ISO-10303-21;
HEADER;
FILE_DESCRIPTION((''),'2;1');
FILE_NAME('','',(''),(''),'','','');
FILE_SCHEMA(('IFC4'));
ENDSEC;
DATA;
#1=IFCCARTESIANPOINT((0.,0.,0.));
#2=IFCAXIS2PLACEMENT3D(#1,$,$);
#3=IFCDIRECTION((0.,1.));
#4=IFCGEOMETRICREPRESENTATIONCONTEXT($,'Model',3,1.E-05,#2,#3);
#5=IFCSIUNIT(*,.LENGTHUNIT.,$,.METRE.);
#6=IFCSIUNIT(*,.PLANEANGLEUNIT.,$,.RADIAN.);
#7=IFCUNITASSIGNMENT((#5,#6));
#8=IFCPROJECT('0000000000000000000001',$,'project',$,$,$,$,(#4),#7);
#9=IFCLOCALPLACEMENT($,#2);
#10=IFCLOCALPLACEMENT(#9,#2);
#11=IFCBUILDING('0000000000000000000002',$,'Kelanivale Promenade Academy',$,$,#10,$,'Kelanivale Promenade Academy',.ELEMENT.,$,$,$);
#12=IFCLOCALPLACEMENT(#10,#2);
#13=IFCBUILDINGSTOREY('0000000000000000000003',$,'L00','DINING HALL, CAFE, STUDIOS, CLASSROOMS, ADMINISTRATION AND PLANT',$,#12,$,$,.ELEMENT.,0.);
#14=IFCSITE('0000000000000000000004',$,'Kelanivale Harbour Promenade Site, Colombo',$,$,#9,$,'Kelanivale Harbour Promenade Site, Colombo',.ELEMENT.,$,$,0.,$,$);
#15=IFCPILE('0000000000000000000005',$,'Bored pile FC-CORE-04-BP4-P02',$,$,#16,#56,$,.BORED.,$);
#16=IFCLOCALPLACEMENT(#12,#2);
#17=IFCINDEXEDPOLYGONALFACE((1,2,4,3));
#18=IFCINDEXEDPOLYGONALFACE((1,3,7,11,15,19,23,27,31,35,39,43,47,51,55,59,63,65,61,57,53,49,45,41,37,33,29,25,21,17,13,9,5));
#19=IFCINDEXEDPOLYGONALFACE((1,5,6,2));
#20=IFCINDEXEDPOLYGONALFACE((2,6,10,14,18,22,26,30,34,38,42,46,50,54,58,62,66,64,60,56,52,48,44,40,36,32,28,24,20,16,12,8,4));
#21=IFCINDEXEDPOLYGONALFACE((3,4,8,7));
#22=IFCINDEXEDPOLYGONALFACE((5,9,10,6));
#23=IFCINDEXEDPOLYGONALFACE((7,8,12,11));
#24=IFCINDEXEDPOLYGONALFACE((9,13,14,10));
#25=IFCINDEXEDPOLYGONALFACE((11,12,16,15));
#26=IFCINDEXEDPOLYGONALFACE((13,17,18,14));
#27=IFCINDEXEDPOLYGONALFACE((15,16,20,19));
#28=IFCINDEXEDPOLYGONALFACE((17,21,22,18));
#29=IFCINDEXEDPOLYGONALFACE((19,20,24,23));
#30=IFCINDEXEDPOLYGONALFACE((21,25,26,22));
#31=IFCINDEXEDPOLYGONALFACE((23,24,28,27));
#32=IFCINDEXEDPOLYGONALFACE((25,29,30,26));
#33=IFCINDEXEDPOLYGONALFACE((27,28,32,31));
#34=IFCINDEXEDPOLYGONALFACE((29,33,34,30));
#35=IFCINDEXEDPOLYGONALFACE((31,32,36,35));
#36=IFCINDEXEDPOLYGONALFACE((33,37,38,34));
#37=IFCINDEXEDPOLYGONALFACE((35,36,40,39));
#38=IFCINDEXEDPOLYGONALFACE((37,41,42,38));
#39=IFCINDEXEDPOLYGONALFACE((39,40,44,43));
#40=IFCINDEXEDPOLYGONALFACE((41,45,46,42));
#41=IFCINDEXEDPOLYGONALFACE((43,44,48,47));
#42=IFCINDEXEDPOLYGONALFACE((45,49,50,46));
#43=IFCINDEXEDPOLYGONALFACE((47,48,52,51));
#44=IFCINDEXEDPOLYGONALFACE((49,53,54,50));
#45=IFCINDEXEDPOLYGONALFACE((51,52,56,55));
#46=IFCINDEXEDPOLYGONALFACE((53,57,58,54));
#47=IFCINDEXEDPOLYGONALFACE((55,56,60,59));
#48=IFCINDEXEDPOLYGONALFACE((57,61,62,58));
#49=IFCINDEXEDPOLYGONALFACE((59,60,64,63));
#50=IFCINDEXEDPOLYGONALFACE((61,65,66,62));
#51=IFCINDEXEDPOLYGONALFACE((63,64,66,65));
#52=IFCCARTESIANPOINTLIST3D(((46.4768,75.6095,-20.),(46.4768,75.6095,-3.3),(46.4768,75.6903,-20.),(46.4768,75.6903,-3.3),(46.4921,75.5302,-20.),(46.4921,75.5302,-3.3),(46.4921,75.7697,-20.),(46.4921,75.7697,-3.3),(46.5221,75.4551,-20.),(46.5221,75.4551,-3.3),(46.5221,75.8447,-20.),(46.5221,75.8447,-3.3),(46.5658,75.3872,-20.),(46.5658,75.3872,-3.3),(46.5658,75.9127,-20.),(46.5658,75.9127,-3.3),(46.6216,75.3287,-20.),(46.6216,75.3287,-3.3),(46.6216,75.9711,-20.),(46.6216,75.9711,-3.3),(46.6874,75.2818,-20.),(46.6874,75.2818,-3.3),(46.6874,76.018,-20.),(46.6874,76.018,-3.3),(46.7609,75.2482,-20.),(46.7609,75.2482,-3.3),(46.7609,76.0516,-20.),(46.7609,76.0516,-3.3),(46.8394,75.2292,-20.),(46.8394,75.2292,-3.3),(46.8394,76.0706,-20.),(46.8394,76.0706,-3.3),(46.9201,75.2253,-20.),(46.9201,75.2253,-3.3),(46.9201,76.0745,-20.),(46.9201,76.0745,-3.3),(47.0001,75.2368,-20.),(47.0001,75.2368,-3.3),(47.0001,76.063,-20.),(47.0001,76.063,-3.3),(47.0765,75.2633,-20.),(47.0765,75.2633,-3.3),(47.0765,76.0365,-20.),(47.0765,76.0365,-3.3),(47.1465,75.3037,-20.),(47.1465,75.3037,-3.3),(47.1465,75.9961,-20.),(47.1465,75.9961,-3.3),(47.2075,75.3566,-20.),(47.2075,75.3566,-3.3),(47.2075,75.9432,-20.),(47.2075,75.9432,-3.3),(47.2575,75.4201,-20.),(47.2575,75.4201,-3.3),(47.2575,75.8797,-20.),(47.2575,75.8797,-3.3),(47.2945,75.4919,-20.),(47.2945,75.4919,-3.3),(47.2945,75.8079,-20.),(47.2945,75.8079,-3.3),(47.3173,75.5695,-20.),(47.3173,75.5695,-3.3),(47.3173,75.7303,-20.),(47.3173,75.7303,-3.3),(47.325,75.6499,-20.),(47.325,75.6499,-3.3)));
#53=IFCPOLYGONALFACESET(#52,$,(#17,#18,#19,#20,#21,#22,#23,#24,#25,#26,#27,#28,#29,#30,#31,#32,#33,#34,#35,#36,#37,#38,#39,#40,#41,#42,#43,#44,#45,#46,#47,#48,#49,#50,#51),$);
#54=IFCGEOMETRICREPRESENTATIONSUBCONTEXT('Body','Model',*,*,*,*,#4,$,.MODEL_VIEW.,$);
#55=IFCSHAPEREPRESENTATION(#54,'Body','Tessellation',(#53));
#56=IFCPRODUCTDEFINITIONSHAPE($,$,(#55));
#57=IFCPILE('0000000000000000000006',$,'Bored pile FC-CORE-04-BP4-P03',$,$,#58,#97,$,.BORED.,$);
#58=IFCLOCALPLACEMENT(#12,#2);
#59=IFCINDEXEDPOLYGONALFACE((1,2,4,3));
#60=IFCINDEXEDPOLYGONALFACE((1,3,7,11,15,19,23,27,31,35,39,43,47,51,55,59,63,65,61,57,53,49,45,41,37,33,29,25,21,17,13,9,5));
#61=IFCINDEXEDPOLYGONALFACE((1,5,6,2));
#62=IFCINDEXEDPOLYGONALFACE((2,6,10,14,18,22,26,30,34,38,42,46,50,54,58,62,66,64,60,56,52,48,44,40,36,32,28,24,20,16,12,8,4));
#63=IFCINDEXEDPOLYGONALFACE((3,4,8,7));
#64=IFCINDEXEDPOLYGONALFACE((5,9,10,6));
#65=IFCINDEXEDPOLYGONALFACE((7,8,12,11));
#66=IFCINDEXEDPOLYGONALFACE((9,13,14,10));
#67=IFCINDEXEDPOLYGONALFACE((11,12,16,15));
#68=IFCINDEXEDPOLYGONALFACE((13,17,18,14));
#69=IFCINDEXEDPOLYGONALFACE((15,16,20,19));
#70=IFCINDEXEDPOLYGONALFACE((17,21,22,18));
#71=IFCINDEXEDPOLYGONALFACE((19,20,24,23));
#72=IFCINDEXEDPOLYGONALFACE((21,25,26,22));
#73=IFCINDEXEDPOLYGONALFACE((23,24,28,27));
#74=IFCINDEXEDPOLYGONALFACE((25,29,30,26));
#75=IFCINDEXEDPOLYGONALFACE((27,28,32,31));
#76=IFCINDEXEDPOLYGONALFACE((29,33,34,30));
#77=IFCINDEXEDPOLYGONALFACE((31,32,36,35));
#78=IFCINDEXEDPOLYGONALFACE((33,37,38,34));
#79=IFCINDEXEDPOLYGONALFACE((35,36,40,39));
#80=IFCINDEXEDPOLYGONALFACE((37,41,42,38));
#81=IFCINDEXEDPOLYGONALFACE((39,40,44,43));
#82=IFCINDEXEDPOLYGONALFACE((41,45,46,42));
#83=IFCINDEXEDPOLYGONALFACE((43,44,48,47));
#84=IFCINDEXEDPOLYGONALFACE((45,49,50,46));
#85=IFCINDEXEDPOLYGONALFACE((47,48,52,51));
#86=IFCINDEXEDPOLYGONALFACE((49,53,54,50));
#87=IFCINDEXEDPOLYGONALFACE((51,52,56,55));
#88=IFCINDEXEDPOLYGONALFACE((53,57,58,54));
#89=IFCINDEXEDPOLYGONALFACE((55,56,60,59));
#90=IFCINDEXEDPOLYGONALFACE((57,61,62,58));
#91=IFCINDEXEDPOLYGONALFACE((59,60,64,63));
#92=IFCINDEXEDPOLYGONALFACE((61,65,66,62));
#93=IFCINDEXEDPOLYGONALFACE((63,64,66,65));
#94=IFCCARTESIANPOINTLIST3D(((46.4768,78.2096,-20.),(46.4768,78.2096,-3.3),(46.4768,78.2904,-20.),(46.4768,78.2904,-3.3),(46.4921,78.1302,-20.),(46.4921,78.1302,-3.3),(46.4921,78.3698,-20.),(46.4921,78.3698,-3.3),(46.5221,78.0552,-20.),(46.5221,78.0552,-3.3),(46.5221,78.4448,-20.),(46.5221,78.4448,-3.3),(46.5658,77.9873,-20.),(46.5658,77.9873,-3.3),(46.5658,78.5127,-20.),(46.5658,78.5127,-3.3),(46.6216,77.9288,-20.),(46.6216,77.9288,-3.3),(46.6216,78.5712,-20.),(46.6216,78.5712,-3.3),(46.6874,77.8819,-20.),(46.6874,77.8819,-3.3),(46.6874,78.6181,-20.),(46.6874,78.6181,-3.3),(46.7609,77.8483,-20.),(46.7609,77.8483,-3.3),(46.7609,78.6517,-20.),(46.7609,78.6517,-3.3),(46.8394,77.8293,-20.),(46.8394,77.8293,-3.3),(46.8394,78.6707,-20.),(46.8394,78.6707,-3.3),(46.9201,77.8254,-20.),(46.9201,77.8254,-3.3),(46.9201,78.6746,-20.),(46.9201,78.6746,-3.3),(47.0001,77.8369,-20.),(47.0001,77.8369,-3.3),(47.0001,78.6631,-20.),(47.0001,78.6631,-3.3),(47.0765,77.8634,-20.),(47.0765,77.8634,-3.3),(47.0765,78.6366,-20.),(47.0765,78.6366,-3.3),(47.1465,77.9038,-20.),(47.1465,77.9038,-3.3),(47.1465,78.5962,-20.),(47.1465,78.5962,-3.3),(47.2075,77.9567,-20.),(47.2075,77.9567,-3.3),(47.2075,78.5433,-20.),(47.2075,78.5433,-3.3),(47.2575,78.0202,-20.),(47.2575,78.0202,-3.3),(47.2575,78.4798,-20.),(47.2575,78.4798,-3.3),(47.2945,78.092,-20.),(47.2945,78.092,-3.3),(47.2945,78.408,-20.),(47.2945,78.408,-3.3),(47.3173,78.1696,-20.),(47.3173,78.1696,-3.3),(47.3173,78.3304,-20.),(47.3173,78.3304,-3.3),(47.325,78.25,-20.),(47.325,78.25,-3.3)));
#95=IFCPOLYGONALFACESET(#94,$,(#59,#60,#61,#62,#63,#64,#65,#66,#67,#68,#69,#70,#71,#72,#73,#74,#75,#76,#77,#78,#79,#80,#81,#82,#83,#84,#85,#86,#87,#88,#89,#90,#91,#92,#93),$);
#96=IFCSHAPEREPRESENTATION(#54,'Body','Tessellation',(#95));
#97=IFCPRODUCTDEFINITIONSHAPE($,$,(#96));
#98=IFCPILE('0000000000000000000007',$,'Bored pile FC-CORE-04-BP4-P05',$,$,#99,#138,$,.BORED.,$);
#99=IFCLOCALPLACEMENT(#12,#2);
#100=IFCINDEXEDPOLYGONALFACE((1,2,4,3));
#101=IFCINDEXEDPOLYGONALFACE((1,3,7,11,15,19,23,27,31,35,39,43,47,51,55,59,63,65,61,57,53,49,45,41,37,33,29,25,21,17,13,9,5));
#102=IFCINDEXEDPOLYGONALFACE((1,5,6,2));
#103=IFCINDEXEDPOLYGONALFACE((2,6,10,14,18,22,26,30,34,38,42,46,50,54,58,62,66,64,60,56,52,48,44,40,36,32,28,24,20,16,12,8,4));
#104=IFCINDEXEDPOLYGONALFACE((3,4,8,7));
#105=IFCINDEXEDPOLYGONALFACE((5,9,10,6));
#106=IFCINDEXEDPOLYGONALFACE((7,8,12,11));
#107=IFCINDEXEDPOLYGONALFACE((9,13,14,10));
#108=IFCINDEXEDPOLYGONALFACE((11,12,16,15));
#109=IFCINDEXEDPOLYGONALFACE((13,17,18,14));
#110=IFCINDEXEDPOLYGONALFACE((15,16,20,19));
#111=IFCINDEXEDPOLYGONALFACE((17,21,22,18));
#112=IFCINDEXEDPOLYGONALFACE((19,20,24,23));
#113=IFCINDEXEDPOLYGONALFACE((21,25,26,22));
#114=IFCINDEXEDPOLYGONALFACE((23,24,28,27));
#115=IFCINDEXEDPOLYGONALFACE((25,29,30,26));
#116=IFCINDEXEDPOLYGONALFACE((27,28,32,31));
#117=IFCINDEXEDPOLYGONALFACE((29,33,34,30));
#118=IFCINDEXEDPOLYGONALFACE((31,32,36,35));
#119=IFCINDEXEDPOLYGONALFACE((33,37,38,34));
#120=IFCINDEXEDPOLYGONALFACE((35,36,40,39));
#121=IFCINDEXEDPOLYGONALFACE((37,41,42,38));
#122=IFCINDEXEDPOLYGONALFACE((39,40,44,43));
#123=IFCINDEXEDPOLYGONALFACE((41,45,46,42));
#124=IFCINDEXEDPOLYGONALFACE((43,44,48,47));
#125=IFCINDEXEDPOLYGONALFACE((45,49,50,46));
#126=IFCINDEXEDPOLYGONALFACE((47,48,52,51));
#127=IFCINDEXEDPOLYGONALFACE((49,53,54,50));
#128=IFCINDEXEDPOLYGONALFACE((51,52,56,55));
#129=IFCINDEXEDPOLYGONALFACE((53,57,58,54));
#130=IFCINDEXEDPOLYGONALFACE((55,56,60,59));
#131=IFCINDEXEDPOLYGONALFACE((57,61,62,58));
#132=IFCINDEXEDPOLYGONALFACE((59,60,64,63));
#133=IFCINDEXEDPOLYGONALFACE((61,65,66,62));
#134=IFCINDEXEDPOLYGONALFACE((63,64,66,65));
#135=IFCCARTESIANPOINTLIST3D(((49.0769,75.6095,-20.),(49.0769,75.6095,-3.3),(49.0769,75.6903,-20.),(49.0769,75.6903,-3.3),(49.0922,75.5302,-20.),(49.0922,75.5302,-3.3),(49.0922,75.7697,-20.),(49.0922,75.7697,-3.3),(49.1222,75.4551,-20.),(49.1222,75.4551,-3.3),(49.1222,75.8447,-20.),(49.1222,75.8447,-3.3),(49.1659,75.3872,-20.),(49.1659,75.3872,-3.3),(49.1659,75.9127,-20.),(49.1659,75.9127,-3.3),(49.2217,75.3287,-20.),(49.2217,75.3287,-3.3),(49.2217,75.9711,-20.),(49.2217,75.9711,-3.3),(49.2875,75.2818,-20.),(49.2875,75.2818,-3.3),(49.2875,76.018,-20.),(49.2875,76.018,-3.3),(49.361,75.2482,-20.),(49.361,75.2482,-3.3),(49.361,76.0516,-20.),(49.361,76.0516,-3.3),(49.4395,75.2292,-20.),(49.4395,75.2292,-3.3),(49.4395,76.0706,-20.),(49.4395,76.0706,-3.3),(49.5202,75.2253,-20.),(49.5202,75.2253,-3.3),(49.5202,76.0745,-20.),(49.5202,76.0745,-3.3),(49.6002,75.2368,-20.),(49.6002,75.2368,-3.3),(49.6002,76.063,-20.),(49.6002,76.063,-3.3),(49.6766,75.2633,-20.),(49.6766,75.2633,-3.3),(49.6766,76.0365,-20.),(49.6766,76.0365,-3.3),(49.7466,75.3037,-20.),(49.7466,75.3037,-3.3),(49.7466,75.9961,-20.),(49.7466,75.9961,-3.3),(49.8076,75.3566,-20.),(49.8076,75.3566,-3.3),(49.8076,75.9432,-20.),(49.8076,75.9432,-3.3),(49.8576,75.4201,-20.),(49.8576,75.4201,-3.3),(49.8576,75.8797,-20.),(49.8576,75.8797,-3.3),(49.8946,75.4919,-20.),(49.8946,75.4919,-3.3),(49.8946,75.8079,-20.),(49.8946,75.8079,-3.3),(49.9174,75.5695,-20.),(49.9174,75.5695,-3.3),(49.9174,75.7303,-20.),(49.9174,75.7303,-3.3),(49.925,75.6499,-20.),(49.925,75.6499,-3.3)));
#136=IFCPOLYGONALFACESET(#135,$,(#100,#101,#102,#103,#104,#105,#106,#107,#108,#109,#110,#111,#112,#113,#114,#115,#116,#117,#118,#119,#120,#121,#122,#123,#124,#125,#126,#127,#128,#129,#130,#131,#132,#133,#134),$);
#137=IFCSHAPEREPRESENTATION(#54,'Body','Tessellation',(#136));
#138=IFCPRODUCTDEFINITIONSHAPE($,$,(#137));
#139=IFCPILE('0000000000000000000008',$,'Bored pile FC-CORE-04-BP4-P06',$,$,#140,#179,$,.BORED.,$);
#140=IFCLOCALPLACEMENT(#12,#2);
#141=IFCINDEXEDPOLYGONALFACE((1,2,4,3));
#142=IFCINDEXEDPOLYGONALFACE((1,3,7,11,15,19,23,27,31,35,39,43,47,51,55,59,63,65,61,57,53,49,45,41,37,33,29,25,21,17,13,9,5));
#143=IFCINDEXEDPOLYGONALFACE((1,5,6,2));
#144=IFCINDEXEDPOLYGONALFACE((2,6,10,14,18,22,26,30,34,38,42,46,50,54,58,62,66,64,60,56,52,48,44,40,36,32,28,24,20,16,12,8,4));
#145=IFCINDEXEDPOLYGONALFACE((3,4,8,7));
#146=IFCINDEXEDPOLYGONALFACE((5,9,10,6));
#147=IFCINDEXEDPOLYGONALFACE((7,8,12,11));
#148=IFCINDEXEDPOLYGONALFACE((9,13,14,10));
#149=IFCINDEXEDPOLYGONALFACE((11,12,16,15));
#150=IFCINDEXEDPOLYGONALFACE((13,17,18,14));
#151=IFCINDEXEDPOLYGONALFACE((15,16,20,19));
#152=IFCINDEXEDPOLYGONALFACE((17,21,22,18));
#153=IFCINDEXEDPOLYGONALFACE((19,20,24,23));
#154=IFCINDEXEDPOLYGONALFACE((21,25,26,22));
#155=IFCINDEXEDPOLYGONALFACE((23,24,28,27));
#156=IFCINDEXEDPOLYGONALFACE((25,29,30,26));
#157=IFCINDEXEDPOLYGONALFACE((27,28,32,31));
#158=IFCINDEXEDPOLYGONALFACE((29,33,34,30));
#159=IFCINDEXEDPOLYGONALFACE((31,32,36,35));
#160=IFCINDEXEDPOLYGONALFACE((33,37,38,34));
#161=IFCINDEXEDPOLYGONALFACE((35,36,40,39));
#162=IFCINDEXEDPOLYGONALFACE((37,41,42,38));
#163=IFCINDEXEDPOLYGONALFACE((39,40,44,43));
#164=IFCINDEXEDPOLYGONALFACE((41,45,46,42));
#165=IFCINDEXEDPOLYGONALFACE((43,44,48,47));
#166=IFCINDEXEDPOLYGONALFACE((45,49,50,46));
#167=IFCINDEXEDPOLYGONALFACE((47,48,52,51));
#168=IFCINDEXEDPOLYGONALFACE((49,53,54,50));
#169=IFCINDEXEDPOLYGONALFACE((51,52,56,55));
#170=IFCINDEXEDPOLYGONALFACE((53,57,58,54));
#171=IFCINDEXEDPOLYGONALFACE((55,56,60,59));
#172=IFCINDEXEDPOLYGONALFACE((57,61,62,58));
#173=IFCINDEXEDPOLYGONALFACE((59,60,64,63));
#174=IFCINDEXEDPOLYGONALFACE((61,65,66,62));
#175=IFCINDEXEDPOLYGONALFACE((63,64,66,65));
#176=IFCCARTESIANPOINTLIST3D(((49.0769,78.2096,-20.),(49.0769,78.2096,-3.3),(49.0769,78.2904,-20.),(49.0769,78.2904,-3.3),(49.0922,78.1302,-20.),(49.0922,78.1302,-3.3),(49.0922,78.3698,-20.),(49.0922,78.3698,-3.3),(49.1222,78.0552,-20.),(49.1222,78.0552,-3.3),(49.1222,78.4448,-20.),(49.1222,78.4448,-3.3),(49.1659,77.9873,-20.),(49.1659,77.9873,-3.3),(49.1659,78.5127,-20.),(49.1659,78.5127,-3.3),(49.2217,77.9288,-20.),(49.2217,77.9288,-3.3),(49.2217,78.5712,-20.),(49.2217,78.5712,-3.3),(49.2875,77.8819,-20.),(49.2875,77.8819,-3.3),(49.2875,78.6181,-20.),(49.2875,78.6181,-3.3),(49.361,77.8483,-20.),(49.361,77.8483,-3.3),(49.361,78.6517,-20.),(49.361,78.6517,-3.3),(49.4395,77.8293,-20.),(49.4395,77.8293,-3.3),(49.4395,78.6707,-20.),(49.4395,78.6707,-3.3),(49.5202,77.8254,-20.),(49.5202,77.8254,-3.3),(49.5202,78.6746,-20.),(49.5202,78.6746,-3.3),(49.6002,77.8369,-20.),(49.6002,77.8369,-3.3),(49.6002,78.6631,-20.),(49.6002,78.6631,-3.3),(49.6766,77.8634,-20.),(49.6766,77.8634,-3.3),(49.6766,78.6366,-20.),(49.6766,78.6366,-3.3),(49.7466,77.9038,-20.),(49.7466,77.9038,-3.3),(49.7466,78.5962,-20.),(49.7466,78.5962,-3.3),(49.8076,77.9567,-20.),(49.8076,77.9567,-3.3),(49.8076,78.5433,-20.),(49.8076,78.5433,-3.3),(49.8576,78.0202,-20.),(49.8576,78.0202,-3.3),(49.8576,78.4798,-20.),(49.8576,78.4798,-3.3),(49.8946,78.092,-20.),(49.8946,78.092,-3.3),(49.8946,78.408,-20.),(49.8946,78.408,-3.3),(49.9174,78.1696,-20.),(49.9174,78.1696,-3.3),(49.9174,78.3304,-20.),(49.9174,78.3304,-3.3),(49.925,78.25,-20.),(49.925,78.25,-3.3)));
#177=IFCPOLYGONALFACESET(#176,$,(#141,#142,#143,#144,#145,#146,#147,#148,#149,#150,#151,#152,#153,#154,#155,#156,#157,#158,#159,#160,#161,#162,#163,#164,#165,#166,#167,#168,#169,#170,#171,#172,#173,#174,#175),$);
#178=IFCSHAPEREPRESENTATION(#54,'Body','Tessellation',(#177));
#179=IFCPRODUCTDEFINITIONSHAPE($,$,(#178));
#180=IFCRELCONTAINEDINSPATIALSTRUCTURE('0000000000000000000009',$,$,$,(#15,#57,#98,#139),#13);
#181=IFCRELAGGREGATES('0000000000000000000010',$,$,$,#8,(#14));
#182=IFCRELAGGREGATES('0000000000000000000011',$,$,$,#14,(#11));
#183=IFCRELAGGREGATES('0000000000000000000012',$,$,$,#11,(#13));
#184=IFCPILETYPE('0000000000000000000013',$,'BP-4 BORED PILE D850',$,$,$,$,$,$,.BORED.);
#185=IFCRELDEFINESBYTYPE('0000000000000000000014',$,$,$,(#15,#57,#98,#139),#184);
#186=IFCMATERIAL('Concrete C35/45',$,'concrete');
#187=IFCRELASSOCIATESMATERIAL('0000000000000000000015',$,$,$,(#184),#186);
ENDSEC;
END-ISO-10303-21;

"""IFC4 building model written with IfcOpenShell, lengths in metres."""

from ifc_helpers import new_model, si_unit, direction, frame, origin, origin_2d, place, context, subcontext, project, spatial, circle, extrude, material, material_profile, profile_set, type_object, element, save


model = new_model("IFC4")

# Units and contexts
model_context = context("Model", 3, precision=1e-05, world=origin(), true_north=direction((0.0, 1.0)))
body_context = subcontext(model_context, "Body", "Model", "MODEL_VIEW")
ifc_project = project(units=[si_unit("LENGTHUNIT", "METRE"), si_unit("PLANEANGLEUNIT", "RADIAN")], contexts=[model_context])

# Site, building, storey
site_placement = place(None, origin())
site = spatial("IfcSite", under=ifc_project, at=site_placement, Name="Kelanivale Harbour Promenade Site, Colombo", LongName="Kelanivale Harbour Promenade Site, Colombo", CompositionType="ELEMENT", RefElevation=0.0)
building_placement = place(site_placement, origin())
building = spatial("IfcBuilding", under=site, at=building_placement, Name="Kelanivale Promenade Academy", LongName="Kelanivale Promenade Academy", CompositionType="ELEMENT")
storey_placement = place(building_placement, origin())
storey = spatial("IfcBuildingStorey", under=building, at=storey_placement, Name="L00", Description="DINING HALL, CAFE, STUDIOS, CLASSROOMS, ADMINISTRATION AND PLANT", CompositionType="ELEMENT", Elevation=0.0)

# Piles
ifc_material_1 = material(Name="Concrete C35/45", Category="concrete")
ifc_material_profile_1 = material_profile(ifc_material_1, circle(Radius=0.425, at=origin_2d()), Name="BORED PILE D850")
ifc_profile_set_1 = profile_set([ifc_material_profile_1], Name="Concrete C35/45")
pile_type = type_object("IfcPileType", Name="BP-4 BORED PILE D850", PredefinedType="BORED", material=ifc_profile_set_1)
for number, where, z_axis, x_axis, name in (
    (1, (46.8999, 75.6499, -3.3), (0.0, 0.0, -1.0), (1.0, 0.0, 0.0), "Bored pile FC-CORE-04-BP4-P02"),
    (2, (46.8999, 78.25, -3.3), (0.0, 0.0, -1.0), (1.0, 0.0, 0.0), "Bored pile FC-CORE-04-BP4-P03"),
    (3, (49.5, 75.6499, -3.3), (0.0, 0.0, -1.0), (1.0, 0.0, 0.0), "Bored pile FC-CORE-04-BP4-P05"),
    (4, (49.5, 78.25, -3.3), (0.0, 0.0, -1.0), (1.0, 0.0, 0.0), "Bored pile FC-CORE-04-BP4-P06"),
):
    element("IfcPile", number, at=place(storey_placement, frame(where, z_axis=z_axis, x_axis=x_axis)), inside=storey, type_object=pile_type, Name=name, PredefinedType="BORED", context=body_context, shape_type="SweptSolid", body=[
        extrude(circle(Radius=0.425, at=origin_2d()), origin(), (0.0, 0.0, 1.0), 16.7),
    ])

save(model, "model.ifc")
